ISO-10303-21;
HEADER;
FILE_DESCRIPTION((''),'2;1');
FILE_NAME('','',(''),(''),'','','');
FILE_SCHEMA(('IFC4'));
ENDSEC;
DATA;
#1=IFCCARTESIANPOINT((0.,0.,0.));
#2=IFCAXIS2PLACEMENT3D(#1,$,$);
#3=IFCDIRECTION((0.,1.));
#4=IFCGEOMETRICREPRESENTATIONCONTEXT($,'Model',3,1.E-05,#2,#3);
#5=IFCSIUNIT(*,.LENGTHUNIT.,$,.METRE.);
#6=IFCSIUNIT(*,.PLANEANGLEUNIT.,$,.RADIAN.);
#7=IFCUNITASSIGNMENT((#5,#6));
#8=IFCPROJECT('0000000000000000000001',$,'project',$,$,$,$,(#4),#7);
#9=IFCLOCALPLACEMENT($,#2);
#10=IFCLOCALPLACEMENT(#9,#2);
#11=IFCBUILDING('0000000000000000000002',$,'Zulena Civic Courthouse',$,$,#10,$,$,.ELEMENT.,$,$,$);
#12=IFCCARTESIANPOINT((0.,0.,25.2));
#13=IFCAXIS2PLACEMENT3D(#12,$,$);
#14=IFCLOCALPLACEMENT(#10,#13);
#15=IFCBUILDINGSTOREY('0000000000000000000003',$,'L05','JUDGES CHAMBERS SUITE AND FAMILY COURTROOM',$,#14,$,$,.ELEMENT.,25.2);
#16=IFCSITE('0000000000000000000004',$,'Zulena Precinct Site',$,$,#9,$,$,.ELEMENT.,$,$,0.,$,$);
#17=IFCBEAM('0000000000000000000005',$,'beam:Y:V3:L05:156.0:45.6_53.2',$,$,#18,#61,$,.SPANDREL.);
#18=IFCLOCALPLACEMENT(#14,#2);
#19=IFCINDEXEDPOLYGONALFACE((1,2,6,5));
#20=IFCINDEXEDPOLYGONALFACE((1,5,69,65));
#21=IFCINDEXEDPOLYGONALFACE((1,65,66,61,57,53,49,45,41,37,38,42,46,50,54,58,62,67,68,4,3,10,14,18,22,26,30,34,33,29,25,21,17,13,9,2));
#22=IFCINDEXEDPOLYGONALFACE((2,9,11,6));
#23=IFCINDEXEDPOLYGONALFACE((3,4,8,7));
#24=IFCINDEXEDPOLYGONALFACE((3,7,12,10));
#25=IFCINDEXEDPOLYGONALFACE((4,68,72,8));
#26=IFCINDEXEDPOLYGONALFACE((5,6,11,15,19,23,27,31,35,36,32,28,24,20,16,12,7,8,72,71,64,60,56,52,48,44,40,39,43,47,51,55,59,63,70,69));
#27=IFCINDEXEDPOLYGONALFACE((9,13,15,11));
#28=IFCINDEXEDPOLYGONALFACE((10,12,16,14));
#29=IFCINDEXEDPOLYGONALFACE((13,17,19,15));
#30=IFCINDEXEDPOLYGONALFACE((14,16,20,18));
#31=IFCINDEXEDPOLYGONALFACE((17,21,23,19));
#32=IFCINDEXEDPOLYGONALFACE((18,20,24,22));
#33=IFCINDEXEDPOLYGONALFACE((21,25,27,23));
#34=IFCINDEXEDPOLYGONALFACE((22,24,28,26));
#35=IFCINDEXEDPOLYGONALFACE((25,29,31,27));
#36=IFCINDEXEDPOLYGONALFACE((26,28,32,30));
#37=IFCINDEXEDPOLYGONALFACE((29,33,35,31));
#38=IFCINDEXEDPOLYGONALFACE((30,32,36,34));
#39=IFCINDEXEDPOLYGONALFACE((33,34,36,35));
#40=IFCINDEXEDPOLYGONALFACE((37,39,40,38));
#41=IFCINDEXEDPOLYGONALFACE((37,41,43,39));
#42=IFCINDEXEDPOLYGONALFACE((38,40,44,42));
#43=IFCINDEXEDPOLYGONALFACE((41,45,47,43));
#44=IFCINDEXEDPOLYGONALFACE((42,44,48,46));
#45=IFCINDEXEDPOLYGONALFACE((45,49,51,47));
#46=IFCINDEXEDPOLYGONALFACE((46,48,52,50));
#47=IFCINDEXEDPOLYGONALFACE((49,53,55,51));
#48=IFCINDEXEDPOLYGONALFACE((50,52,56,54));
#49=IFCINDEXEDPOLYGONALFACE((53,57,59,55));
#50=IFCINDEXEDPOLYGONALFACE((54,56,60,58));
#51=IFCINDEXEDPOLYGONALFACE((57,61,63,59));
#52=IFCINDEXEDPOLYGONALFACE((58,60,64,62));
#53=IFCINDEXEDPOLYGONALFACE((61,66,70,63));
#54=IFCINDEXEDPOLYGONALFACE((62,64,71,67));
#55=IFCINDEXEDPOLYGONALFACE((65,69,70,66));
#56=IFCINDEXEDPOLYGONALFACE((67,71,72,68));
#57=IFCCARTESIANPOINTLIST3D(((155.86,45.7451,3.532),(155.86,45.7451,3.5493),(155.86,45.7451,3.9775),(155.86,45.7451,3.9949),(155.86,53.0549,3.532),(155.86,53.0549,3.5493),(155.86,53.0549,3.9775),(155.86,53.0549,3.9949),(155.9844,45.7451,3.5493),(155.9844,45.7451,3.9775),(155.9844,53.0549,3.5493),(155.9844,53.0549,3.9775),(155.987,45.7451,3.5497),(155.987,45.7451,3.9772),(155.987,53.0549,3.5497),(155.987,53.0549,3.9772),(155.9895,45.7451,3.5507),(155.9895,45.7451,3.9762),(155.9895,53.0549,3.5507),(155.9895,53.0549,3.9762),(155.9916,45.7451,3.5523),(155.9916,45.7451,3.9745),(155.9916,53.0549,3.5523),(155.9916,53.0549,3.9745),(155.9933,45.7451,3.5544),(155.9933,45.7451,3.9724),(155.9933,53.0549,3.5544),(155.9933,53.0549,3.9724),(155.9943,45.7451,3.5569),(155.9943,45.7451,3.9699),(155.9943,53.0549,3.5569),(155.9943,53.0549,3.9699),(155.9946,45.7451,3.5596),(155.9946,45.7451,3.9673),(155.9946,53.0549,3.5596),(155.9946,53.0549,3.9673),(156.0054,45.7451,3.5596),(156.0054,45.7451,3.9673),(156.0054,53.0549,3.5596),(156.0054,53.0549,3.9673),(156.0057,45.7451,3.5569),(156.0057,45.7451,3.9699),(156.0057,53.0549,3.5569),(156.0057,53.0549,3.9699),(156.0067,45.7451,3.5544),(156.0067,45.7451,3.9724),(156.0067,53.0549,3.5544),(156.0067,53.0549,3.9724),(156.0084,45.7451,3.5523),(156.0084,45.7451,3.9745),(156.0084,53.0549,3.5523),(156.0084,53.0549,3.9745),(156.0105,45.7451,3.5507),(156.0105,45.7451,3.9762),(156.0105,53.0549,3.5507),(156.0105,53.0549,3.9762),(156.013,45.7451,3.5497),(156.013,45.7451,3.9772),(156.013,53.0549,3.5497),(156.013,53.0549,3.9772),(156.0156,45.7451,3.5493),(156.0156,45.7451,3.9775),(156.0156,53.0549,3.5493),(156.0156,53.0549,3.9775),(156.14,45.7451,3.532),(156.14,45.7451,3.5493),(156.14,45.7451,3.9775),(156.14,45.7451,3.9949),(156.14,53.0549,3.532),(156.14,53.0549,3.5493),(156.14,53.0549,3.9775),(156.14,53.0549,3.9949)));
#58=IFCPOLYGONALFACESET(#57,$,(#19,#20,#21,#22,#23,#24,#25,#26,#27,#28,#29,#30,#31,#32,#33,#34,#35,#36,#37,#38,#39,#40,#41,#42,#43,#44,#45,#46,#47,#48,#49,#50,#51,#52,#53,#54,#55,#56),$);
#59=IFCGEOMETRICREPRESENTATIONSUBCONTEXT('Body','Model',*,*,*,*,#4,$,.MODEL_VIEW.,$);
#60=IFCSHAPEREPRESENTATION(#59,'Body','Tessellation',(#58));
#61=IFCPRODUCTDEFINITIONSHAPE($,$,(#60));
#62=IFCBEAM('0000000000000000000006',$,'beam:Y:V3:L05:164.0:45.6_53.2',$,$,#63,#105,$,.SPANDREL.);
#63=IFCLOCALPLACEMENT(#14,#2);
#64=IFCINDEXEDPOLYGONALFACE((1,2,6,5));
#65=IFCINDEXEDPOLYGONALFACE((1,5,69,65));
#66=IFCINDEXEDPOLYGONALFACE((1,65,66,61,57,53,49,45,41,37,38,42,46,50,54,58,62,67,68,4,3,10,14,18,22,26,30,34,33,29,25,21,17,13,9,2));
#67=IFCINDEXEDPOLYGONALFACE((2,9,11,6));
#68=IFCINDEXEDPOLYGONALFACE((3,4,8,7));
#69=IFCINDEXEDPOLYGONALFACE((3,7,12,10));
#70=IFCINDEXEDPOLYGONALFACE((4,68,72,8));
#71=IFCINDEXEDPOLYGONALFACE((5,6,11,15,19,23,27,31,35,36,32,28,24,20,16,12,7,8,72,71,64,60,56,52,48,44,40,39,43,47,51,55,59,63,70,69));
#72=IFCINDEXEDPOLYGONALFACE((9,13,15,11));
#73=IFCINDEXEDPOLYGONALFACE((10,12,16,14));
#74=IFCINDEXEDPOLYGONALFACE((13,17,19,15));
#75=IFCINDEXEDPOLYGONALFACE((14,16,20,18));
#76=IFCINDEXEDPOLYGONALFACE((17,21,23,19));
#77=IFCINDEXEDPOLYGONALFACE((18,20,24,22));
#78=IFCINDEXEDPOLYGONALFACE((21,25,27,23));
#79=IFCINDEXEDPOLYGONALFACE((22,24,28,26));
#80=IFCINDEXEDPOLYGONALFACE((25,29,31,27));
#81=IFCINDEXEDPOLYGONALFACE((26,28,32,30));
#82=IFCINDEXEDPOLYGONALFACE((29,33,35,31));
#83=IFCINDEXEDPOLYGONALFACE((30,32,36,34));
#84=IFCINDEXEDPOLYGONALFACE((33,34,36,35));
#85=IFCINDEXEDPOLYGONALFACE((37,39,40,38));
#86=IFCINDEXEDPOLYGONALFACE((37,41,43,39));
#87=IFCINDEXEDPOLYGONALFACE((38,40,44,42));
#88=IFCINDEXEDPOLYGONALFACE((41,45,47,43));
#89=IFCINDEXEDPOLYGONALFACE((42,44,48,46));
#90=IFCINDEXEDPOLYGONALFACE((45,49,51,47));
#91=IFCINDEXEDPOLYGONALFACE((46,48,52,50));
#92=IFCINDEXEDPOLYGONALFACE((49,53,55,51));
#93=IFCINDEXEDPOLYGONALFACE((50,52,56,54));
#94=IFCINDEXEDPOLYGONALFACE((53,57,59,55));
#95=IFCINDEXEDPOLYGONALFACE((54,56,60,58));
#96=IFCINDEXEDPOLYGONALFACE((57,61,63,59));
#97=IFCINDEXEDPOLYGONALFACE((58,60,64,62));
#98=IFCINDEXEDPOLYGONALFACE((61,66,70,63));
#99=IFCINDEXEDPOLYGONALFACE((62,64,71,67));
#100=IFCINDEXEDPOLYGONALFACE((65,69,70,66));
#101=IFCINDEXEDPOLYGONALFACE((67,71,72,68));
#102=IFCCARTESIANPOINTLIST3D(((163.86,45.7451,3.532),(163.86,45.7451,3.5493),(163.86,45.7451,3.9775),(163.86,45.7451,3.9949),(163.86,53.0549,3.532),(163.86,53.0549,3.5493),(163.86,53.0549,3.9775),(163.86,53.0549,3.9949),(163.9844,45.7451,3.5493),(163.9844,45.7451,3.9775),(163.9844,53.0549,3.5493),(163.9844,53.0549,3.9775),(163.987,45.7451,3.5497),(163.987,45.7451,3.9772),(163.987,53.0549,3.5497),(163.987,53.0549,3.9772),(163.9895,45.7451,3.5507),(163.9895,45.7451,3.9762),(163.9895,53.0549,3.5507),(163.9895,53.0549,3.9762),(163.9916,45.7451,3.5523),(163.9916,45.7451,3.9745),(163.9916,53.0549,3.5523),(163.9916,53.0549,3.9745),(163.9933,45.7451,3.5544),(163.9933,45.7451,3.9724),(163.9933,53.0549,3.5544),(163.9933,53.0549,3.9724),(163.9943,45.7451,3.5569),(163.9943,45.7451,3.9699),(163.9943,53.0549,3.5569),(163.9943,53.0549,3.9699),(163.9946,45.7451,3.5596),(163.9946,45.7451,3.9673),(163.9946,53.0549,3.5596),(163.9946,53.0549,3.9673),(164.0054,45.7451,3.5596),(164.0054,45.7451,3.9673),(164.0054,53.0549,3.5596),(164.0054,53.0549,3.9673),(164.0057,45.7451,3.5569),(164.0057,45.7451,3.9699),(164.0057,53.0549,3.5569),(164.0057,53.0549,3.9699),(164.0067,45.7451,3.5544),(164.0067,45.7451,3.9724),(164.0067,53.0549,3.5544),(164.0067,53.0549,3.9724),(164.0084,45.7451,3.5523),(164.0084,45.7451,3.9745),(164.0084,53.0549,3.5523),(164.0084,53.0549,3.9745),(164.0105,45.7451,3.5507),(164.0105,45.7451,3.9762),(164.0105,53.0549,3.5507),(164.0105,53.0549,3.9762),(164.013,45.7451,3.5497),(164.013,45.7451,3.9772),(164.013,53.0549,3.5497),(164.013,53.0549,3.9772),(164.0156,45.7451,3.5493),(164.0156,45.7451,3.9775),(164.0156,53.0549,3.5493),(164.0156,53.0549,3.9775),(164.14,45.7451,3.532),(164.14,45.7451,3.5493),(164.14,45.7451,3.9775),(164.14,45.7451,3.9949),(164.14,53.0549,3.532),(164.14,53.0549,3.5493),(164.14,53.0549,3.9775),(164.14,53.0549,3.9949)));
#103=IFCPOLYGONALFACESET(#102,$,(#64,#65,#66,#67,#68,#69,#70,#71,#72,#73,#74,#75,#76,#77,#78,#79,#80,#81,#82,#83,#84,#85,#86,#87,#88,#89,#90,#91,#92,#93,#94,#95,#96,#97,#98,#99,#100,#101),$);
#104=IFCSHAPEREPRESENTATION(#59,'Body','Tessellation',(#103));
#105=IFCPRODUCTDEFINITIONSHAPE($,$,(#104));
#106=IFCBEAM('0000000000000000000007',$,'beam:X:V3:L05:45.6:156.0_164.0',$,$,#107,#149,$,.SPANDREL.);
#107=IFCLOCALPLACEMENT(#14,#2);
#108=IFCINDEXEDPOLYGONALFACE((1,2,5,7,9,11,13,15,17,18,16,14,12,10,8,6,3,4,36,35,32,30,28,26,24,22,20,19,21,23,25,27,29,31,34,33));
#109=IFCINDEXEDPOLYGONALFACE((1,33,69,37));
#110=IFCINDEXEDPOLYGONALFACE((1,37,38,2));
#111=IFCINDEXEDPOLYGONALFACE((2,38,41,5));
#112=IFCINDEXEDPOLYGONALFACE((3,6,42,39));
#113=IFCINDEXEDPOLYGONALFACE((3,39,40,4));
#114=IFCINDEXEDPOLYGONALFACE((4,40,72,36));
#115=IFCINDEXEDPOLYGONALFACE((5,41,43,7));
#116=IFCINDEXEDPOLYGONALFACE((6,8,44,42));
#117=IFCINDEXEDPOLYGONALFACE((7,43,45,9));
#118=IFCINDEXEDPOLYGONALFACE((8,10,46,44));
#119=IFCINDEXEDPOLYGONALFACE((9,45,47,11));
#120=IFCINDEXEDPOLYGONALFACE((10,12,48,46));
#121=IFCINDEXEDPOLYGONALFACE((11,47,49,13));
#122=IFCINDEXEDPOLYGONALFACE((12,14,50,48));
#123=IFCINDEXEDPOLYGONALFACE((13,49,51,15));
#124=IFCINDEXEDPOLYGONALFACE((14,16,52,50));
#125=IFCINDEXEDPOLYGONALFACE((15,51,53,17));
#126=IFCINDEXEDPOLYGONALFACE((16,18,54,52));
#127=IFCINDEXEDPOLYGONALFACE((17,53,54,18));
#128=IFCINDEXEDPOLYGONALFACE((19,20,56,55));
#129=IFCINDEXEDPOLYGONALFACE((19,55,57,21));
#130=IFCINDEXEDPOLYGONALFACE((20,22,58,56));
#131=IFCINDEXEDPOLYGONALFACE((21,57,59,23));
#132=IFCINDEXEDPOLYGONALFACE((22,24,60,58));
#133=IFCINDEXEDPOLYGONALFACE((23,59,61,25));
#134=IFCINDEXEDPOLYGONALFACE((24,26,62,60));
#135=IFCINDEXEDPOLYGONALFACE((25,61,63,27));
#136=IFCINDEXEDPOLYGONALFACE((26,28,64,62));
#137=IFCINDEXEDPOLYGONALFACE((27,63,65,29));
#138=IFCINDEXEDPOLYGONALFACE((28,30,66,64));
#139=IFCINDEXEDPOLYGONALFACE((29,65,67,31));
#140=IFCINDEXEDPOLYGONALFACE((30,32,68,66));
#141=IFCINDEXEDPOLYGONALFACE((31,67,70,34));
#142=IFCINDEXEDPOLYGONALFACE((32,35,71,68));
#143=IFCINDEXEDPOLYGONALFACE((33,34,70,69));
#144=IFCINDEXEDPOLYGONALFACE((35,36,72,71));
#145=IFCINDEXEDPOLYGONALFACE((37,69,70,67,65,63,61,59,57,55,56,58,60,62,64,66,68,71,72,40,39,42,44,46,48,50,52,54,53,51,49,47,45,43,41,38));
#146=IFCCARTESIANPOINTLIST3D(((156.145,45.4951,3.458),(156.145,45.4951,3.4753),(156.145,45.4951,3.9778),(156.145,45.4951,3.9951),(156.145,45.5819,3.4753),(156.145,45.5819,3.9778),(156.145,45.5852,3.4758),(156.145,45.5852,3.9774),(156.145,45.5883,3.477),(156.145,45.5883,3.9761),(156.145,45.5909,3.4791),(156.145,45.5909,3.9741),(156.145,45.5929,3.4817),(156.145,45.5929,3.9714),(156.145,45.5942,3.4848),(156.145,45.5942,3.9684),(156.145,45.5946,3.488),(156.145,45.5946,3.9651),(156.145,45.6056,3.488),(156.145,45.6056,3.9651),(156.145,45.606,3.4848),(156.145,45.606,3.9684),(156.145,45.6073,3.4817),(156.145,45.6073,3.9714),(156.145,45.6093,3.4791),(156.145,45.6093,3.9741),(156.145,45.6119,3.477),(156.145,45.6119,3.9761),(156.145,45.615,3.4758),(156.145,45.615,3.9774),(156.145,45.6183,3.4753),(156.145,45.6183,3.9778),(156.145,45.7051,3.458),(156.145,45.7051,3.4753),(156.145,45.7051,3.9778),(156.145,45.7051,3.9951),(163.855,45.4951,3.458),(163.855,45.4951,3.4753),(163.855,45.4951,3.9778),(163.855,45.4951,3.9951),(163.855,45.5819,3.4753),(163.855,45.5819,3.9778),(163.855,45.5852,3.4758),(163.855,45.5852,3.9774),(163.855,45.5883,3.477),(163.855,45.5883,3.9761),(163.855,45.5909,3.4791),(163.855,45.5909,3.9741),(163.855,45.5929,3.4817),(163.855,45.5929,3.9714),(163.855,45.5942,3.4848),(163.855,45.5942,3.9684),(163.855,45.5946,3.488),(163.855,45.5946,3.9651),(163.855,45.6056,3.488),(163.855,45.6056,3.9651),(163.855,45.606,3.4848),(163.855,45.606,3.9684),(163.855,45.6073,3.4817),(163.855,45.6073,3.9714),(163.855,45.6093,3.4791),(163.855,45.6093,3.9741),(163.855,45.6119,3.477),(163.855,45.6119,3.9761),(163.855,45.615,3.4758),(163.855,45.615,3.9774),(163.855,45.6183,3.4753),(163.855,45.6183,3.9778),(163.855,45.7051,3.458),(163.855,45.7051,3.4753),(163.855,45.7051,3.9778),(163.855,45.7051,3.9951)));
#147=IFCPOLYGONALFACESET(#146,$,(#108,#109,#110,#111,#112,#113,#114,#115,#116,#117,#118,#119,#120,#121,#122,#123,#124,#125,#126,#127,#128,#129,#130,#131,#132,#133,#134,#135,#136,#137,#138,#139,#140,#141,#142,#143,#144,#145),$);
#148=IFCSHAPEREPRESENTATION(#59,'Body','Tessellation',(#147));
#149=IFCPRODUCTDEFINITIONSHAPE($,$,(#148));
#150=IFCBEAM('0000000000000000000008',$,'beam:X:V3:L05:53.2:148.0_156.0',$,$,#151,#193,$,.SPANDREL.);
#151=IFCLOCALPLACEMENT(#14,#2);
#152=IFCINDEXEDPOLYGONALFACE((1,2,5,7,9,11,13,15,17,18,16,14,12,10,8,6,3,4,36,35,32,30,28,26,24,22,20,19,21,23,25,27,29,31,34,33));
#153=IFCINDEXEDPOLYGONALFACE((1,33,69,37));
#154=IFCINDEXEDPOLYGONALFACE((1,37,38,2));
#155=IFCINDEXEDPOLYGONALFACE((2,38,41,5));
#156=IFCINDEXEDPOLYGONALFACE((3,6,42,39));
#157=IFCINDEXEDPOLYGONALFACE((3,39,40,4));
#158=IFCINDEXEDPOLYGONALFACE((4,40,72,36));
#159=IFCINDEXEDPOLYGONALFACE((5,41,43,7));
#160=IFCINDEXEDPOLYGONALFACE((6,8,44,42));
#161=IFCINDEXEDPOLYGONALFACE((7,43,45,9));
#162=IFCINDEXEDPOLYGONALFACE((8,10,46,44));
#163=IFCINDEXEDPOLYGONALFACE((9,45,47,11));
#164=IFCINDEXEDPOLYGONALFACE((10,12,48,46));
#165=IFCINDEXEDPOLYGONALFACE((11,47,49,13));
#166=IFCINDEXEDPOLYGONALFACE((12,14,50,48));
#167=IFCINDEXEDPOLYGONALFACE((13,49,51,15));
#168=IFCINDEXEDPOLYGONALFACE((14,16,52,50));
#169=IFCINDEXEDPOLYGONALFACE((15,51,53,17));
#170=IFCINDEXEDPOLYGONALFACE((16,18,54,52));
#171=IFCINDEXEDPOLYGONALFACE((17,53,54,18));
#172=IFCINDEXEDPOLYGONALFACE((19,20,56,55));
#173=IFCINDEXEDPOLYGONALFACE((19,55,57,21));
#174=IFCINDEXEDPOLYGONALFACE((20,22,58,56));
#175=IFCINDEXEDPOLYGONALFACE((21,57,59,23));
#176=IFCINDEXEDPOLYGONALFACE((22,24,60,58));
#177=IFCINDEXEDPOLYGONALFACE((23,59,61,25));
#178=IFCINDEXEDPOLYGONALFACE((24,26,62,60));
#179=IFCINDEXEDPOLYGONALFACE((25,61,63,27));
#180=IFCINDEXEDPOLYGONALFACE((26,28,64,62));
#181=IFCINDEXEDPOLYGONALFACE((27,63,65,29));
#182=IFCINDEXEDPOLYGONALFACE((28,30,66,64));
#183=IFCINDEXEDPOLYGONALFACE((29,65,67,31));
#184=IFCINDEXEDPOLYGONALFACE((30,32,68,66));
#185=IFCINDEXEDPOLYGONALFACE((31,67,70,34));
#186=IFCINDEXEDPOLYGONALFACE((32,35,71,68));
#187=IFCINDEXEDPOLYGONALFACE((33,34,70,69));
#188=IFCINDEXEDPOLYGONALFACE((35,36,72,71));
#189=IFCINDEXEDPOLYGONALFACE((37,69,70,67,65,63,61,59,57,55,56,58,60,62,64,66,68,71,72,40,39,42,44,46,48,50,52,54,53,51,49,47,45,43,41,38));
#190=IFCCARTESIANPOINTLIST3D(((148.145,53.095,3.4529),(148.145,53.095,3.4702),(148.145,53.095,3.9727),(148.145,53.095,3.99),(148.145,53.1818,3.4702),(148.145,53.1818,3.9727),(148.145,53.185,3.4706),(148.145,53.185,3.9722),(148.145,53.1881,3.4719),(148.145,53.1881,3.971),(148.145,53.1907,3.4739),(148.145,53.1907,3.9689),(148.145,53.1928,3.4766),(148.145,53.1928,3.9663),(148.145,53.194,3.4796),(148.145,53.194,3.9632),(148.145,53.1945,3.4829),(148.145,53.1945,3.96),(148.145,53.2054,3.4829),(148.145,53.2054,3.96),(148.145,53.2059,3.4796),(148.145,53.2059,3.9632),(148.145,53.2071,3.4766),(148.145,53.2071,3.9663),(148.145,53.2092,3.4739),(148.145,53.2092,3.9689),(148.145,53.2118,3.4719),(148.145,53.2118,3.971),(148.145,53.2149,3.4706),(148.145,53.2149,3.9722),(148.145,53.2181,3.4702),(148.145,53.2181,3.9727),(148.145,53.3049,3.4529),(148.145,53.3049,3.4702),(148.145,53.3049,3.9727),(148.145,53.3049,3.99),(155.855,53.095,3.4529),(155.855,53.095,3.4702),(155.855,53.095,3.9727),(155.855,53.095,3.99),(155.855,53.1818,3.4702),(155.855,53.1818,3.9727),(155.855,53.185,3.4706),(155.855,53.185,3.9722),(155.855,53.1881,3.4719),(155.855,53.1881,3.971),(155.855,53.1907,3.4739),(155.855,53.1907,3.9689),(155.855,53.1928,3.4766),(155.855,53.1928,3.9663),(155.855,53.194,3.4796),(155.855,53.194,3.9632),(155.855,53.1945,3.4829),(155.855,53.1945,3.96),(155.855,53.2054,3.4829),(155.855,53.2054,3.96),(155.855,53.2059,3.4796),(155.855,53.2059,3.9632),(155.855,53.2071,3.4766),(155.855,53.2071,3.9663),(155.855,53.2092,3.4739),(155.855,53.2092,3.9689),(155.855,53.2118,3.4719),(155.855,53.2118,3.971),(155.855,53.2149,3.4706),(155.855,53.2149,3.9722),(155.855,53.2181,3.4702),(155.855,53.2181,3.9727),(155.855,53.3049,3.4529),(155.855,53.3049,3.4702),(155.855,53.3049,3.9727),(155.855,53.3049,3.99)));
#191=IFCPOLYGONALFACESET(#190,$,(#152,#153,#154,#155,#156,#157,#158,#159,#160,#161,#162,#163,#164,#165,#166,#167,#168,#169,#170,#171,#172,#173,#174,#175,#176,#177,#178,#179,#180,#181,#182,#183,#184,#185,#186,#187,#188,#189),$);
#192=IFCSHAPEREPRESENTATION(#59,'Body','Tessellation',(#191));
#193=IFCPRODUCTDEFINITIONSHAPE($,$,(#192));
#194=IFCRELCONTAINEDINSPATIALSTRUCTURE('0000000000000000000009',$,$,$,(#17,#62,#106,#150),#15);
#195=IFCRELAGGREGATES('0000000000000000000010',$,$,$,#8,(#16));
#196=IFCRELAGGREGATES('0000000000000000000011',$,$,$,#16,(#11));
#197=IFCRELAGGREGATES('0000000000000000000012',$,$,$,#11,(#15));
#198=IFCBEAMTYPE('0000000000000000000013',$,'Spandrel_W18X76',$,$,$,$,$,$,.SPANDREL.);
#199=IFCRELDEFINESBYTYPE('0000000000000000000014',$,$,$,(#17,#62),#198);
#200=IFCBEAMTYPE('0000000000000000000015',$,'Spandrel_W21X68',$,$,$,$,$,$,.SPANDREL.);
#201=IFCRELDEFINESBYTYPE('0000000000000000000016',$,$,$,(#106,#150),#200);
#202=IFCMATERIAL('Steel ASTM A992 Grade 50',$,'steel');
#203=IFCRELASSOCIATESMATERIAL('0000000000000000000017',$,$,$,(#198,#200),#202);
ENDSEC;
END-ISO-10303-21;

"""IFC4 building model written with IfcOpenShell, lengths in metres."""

from ifc_helpers import new_model, si_unit, direction, frame, origin, origin_2d, place, context, subcontext, project, spatial, i_section, extrude, material, material_profile, profile_set, type_object, element, save


model = new_model("IFC4")

# Units and contexts
model_context = context("Model", 3, precision=1e-05, world=origin(), true_north=direction((0.0, 1.0)))
body_context = subcontext(model_context, "Body", "Model", "MODEL_VIEW")
ifc_project = project(units=[si_unit("LENGTHUNIT", "METRE"), si_unit("PLANEANGLEUNIT", "RADIAN")], contexts=[model_context])

# Site, building, storey
site_placement = place(None, origin())
site = spatial("IfcSite", under=ifc_project, at=site_placement, Name="Zulena Precinct Site", CompositionType="ELEMENT", RefElevation=0.0)
building_placement = place(site_placement, origin())
building = spatial("IfcBuilding", under=site, at=building_placement, Name="Zulena Civic Courthouse", CompositionType="ELEMENT")
storey_placement = place(building_placement, frame((0.0, 0.0, 25.2)))
storey = spatial("IfcBuildingStorey", under=building, at=storey_placement, Name="L05", Description="JUDGES CHAMBERS SUITE AND FAMILY COURTROOM", CompositionType="ELEMENT", Elevation=25.2)

# Shared definitions
ifc_material_1 = material(Name="Steel ASTM A992 Grade 50", Category="steel")

# Beams
ifc_material_profile_1 = material_profile(ifc_material_1, i_section(OverallWidth=0.28, OverallDepth=0.4629, WebThickness=0.0107, FlangeThickness=0.0173, FilletRadius=0.0103, at=origin_2d()), Name="W18X76")
ifc_profile_set_1 = profile_set([ifc_material_profile_1], Name="Steel ASTM A992 Grade 50")
beam_type_1 = type_object("IfcBeamType", Name="Spandrel_W18X76", PredefinedType="SPANDREL", material=ifc_profile_set_1)
for number, where, z_axis, x_axis, name in (
    (1, (156.0, 45.7451, 3.7634), (0.0, 1.0, 0.0), (-1.0, 0.0, 0.0), "beam:Y:V3:L05:156.0:45.6_53.2"),
    (2, (164.0, 45.7451, 3.7634), (0.0, 1.0, 0.0), (-1.0, 0.0, 0.0), "beam:Y:V3:L05:164.0:45.6_53.2"),
):
    element("IfcBeam", number, at=place(storey_placement, frame(where, z_axis=z_axis, x_axis=x_axis)), inside=storey, type_object=beam_type_1, Name=name, PredefinedType="SPANDREL", context=body_context, shape_type="SweptSolid", body=[
        extrude(i_section(OverallWidth=0.28, OverallDepth=0.4629, WebThickness=0.0107, FlangeThickness=0.0173, FilletRadius=0.0103, at=origin_2d()), origin(), (0.0, 0.0, 1.0), 7.3098),
    ])
ifc_material_profile_2 = material_profile(ifc_material_1, i_section(OverallWidth=0.21, OverallDepth=0.5371, WebThickness=0.011, FlangeThickness=0.0173, FilletRadius=0.0127, at=origin_2d()), Name="W21X68")
ifc_profile_set_2 = profile_set([ifc_material_profile_2], Name="Steel ASTM A992 Grade 50")
beam_type_2 = type_object("IfcBeamType", Name="Spandrel_W21X68", PredefinedType="SPANDREL", material=ifc_profile_set_2)
for number, where, z_axis, x_axis, name in (
    (3, (156.145, 45.6001, 3.7266), (1.0, 0.0, 0.0), (0.0, 1.0, 0.0), "beam:X:V3:L05:45.6:156.0_164.0"),
    (4, (148.145, 53.2, 3.7214), (1.0, 0.0, 0.0), (0.0, 1.0, 0.0), "beam:X:V3:L05:53.2:148.0_156.0"),
):
    element("IfcBeam", number, at=place(storey_placement, frame(where, z_axis=z_axis, x_axis=x_axis)), inside=storey, type_object=beam_type_2, Name=name, PredefinedType="SPANDREL", context=body_context, shape_type="SweptSolid", body=[
        extrude(i_section(OverallWidth=0.21, OverallDepth=0.5371, WebThickness=0.011, FlangeThickness=0.0173, FilletRadius=0.0127, at=origin_2d()), origin(), (0.0, 0.0, 1.0), 7.71),
    ])

save(model, "model.ifc")
